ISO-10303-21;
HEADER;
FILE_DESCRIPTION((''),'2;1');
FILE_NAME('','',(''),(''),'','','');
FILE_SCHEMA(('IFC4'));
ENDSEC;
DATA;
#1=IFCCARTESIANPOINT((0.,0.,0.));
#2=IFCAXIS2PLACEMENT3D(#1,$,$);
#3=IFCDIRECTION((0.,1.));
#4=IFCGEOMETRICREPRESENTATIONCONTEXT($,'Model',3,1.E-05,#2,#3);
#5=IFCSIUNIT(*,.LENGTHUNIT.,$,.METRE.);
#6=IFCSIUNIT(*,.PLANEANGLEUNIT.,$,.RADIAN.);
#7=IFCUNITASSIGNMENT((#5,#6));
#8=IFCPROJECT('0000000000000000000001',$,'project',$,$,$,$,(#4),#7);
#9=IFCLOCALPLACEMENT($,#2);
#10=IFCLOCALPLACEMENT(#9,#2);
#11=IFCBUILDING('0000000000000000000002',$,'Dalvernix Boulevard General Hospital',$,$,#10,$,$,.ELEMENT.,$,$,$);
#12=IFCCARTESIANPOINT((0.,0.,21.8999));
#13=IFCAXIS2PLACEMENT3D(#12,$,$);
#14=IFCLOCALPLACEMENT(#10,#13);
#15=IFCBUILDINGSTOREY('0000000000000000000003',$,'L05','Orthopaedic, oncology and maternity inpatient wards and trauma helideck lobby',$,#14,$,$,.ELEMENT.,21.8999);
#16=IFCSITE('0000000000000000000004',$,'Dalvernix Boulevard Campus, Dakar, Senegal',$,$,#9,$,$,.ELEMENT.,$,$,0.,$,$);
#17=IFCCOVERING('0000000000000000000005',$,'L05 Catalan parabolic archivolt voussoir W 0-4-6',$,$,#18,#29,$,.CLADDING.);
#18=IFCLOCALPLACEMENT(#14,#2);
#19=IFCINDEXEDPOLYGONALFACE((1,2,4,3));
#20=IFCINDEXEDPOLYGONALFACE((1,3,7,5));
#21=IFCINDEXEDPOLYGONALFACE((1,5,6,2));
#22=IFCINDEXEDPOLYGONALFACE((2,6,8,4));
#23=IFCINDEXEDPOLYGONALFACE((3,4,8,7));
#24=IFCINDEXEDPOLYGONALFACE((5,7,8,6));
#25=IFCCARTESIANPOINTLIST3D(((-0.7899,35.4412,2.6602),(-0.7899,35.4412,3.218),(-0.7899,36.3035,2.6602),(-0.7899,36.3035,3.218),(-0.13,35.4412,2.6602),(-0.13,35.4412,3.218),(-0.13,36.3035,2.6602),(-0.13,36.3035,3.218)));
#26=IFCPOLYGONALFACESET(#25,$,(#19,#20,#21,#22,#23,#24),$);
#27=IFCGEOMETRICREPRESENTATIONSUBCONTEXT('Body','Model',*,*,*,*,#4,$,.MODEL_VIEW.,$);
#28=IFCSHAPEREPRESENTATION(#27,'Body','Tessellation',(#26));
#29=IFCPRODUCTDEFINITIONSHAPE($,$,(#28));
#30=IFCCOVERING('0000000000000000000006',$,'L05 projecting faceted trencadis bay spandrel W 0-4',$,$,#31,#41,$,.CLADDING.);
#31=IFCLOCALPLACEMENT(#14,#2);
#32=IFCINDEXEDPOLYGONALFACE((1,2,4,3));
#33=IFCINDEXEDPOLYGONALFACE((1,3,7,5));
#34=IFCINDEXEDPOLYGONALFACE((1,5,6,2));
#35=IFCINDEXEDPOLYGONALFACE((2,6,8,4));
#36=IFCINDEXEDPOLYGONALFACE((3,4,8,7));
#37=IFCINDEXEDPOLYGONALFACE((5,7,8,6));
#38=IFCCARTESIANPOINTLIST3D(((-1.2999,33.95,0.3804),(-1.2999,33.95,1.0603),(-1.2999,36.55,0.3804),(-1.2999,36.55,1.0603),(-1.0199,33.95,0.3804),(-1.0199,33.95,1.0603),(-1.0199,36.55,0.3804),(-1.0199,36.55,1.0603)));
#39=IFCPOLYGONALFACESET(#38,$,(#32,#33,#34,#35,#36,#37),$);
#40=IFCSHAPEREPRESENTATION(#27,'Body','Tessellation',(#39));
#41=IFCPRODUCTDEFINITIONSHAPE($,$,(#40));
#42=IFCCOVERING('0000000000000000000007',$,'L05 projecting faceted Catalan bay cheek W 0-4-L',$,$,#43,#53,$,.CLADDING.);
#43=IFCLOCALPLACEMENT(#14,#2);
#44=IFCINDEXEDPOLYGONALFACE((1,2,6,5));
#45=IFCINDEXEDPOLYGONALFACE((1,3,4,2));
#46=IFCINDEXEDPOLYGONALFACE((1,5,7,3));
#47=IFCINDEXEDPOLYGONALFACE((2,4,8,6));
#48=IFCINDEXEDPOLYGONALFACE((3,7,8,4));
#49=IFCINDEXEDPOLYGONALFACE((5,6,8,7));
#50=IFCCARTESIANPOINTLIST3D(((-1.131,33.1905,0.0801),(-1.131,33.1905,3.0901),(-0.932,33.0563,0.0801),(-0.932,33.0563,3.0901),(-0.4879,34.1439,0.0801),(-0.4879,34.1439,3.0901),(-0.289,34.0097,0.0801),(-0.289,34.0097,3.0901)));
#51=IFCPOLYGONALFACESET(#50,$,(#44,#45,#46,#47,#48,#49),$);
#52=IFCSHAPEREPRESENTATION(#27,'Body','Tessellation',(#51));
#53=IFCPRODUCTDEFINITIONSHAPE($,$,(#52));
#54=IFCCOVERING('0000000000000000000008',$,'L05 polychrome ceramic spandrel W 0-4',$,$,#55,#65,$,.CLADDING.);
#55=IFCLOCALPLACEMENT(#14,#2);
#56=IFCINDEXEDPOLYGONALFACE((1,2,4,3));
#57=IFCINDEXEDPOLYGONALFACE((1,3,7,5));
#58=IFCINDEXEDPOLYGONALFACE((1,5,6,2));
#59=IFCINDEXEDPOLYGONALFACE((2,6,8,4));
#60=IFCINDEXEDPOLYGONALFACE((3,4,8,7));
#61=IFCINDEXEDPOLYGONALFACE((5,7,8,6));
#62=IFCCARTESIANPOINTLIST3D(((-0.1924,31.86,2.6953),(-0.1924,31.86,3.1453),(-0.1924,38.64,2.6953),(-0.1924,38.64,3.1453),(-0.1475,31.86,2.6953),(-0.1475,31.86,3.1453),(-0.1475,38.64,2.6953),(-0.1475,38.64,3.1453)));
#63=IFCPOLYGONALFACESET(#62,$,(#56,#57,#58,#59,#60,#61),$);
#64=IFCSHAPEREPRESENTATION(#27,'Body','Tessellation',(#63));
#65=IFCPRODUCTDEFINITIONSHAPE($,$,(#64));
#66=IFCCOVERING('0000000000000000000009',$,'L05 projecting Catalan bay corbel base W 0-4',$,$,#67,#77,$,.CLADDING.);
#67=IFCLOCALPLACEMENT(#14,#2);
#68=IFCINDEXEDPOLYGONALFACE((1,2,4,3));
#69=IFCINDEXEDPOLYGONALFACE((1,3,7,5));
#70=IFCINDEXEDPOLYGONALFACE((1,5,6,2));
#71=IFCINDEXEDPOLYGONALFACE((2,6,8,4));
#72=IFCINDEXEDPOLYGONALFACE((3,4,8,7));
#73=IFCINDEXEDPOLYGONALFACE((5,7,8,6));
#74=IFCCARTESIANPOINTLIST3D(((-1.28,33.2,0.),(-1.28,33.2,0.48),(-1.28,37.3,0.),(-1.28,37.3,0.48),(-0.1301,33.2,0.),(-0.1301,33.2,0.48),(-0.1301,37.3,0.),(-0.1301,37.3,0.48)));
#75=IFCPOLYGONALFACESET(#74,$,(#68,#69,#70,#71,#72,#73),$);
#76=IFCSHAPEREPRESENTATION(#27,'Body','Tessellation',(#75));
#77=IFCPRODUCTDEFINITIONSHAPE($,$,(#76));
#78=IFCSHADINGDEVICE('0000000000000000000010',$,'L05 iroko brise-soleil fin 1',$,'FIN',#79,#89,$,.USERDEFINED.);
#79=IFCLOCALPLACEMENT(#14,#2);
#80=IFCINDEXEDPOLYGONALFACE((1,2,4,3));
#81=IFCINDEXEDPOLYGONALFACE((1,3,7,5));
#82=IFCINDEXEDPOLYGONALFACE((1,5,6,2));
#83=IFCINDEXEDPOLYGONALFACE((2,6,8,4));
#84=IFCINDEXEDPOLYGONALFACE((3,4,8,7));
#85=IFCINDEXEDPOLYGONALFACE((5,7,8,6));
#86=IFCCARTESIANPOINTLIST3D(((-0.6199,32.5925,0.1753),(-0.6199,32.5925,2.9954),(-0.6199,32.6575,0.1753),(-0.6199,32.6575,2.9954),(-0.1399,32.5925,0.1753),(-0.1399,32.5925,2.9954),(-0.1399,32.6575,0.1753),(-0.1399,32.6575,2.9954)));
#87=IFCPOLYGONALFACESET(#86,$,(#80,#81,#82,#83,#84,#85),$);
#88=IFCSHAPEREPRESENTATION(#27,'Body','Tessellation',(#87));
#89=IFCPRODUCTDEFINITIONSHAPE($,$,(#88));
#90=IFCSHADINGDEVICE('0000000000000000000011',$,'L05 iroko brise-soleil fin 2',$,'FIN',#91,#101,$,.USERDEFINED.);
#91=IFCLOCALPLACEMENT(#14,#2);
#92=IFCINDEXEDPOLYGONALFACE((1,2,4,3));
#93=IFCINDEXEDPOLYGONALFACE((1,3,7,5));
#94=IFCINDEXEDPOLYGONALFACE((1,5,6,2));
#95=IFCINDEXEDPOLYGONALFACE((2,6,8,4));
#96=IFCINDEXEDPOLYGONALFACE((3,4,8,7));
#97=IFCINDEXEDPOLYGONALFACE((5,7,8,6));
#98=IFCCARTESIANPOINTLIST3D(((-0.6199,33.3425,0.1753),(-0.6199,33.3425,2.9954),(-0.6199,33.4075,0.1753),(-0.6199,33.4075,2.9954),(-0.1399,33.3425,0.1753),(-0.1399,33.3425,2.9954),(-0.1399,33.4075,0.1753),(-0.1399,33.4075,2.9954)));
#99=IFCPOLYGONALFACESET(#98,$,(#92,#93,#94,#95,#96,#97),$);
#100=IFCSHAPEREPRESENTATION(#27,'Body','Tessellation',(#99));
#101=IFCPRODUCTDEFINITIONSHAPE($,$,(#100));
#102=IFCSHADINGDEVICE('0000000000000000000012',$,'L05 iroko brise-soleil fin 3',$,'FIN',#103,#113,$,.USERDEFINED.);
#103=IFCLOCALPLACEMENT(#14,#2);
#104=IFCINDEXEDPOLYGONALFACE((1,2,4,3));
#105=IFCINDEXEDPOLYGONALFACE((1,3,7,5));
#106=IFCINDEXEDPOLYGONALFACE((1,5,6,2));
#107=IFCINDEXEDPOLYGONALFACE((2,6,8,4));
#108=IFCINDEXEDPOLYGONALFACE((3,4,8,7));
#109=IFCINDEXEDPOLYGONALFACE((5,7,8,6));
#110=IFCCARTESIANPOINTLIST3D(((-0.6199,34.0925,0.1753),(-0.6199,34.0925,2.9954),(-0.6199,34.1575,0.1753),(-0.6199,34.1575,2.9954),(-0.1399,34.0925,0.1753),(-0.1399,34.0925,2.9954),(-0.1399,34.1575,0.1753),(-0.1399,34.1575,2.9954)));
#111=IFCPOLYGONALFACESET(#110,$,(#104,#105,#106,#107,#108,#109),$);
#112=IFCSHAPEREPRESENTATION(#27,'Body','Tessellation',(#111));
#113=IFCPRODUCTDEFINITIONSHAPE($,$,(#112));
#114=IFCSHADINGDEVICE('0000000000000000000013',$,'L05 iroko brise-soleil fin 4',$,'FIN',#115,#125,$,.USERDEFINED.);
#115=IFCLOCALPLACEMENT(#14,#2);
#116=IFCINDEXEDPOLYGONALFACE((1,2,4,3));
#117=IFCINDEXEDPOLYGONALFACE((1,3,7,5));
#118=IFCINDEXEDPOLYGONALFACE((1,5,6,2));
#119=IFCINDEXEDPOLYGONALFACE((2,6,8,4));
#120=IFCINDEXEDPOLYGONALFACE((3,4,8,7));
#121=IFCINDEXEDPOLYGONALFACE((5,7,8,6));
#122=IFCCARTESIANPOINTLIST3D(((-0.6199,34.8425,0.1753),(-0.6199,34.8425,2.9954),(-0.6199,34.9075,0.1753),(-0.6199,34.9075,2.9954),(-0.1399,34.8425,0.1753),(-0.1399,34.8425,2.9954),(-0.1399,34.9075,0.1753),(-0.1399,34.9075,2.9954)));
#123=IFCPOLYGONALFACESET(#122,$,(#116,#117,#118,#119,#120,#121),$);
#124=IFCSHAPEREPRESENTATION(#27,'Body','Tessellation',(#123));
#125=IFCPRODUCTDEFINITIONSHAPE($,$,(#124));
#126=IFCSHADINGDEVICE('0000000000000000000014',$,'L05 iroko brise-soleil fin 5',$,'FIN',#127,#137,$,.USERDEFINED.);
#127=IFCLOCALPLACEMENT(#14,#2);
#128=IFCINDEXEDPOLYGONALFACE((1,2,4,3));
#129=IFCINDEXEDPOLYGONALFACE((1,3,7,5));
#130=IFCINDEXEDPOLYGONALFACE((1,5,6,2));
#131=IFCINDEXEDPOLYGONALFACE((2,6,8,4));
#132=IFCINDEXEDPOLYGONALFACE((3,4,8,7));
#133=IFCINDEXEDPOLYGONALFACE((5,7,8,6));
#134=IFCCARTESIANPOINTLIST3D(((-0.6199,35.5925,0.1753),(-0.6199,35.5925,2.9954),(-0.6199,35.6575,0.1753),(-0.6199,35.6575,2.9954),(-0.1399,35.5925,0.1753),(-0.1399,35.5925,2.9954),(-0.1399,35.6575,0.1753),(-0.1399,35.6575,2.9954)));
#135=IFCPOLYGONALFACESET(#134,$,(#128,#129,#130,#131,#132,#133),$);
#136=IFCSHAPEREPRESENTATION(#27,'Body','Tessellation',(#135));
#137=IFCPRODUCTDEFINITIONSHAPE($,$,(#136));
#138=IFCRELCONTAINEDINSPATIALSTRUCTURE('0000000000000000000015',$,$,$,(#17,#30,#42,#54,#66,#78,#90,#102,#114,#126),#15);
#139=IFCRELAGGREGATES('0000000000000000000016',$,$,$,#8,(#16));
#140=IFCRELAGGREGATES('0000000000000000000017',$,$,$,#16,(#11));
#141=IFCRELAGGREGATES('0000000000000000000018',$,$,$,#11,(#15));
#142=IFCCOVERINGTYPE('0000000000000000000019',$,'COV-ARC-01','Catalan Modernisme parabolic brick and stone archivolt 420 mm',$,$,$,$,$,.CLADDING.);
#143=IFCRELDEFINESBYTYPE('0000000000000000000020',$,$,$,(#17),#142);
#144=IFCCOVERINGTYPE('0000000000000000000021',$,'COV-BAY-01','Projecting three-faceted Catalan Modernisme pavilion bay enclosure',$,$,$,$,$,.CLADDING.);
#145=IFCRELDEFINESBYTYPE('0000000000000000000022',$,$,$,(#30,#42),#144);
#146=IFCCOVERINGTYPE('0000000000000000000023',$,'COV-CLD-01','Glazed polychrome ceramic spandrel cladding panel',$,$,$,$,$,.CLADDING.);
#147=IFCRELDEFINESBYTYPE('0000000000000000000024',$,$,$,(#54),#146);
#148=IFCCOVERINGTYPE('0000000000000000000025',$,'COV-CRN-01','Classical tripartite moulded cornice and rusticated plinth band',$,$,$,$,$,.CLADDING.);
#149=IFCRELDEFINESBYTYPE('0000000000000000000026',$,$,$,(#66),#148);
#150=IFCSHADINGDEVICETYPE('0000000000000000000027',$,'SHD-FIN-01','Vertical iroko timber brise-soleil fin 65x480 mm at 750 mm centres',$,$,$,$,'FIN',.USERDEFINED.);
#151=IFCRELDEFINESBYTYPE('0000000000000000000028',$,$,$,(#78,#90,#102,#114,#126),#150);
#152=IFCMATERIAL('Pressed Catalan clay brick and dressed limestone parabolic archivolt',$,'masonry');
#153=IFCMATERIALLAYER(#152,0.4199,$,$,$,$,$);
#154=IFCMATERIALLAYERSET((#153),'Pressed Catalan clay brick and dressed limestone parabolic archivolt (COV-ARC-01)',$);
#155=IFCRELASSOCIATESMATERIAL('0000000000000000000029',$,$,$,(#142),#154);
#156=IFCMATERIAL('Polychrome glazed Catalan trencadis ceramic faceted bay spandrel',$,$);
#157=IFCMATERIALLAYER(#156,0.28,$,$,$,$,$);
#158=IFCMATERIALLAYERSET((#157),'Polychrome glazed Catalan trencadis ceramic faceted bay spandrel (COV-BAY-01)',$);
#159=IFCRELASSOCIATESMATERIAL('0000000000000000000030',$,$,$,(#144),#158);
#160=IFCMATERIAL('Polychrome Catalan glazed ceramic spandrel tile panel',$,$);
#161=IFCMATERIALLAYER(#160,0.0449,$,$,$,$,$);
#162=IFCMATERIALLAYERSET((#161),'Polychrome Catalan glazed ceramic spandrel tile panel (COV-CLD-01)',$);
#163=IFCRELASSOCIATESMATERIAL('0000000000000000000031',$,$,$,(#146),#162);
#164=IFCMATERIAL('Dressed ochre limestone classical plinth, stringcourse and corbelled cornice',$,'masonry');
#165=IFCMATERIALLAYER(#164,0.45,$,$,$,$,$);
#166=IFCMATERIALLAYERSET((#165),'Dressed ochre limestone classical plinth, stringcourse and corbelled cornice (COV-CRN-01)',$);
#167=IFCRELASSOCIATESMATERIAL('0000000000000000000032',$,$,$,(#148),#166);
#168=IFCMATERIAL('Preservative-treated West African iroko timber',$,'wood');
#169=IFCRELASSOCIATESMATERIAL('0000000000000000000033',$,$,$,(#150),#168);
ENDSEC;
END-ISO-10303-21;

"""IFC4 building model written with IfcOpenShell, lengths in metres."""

from ifc_helpers import new_model, si_unit, direction, frame, origin, origin_2d, place, context, subcontext, project, spatial, rectangle, extrude, material, layer, layer_set, type_object, element, save


model = new_model("IFC4")

# Units and contexts
model_context = context("Model", 3, precision=1e-05, world=origin(), true_north=direction((0.0, 1.0)))
body_context = subcontext(model_context, "Body", "Model", "MODEL_VIEW")
ifc_project = project(units=[si_unit("LENGTHUNIT", "METRE"), si_unit("PLANEANGLEUNIT", "RADIAN")], contexts=[model_context])

# Site, building, storey
site_placement = place(None, origin())
site = spatial("IfcSite", under=ifc_project, at=site_placement, Name="Dalvernix Boulevard Campus, Dakar, Senegal", CompositionType="ELEMENT", RefElevation=0.0)
building_placement = place(site_placement, origin())
building = spatial("IfcBuilding", under=site, at=building_placement, Name="Dalvernix Boulevard General Hospital", CompositionType="ELEMENT")
storey_placement = place(building_placement, frame((0.0, 0.0, 21.8999)))
storey = spatial("IfcBuildingStorey", under=building, at=storey_placement, Name="L05", Description="Orthopaedic, oncology and maternity inpatient wards and trauma helideck lobby", CompositionType="ELEMENT", Elevation=21.8999)

# Coverings
ifc_material_1 = material(Name="Pressed Catalan clay brick and dressed limestone parabolic archivolt", Category="masonry")
ifc_layer_1 = layer(ifc_material_1, 0.4199)
ifc_layer_set_1 = layer_set([ifc_layer_1], Name="Pressed Catalan clay brick and dressed limestone parabolic archivolt (COV-ARC-01)")
covering_type_1 = type_object("IfcCoveringType", Name="COV-ARC-01", Description="Catalan Modernisme parabolic brick and stone archivolt 420 mm", PredefinedType="CLADDING", material=ifc_layer_set_1)
covering_1_placement = place(storey_placement, frame((-0.46, 35.8723, 2.6602), z_axis=(0.0, 0.0, 1.0), x_axis=(0.0, 1.0, 0.0)))
element("IfcCovering", 1, at=covering_1_placement, inside=storey, type_object=covering_type_1, Name="L05 Catalan parabolic archivolt voussoir W 0-4-6", PredefinedType="CLADDING", context=body_context, shape_type="SweptSolid", body=[
    extrude(rectangle(XDim=0.8623, YDim=0.6599, at=origin_2d()), origin(), (0.0, 0.0, 1.0), 0.5579),
])
ifc_material_2 = material(Name="Polychrome glazed Catalan trencadis ceramic faceted bay spandrel")
ifc_layer_2 = layer(ifc_material_2, 0.28)
ifc_layer_set_2 = layer_set([ifc_layer_2], Name="Polychrome glazed Catalan trencadis ceramic faceted bay spandrel (COV-BAY-01)")
covering_type_2 = type_object("IfcCoveringType", Name="COV-BAY-01", Description="Projecting three-faceted Catalan Modernisme pavilion bay enclosure", PredefinedType="CLADDING", material=ifc_layer_set_2)
covering_2_placement = place(storey_placement, frame((-1.1599, 35.25, 0.3804), z_axis=(0.0, 0.0, 1.0), x_axis=(0.0, 1.0, 0.0)))
element("IfcCovering", 2, at=covering_2_placement, inside=storey, type_object=covering_type_2, Name="L05 projecting faceted trencadis bay spandrel W 0-4", PredefinedType="CLADDING", context=body_context, shape_type="SweptSolid", body=[
    extrude(rectangle(XDim=2.6001, YDim=0.28, at=origin_2d()), origin(), (0.0, 0.0, 1.0), 0.6799),
])
covering_3_placement = place(storey_placement, frame((-0.71, 33.6001, 0.0801), z_axis=(0.0, 0.0, 1.0), x_axis=(0.559193, 0.829038, 0.0)))
element("IfcCovering", 3, at=covering_3_placement, inside=storey, type_object=covering_type_2, Name="L05 projecting faceted Catalan bay cheek W 0-4-L", PredefinedType="CLADDING", context=body_context, shape_type="SweptSolid", body=[
    extrude(rectangle(XDim=1.1499, YDim=0.24, at=origin_2d()), origin(), (0.0, 0.0, 1.0), 3.01),
])
ifc_material_3 = material(Name="Polychrome Catalan glazed ceramic spandrel tile panel")
ifc_layer_3 = layer(ifc_material_3, 0.0449)
ifc_layer_set_3 = layer_set([ifc_layer_3], Name="Polychrome Catalan glazed ceramic spandrel tile panel (COV-CLD-01)")
covering_type_3 = type_object("IfcCoveringType", Name="COV-CLD-01", Description="Glazed polychrome ceramic spandrel cladding panel", PredefinedType="CLADDING", material=ifc_layer_set_3)
covering_4_placement = place(storey_placement, frame((-0.1699, 35.25, 2.6953), z_axis=(0.0, 0.0, 1.0), x_axis=(0.0, 1.0, 0.0)))
element("IfcCovering", 4, at=covering_4_placement, inside=storey, type_object=covering_type_3, Name="L05 polychrome ceramic spandrel W 0-4", PredefinedType="CLADDING", context=body_context, shape_type="SweptSolid", body=[
    extrude(rectangle(XDim=6.78, YDim=0.0449, at=origin_2d()), origin(), (0.0, 0.0, 1.0), 0.45),
])
ifc_material_4 = material(Name="Dressed ochre limestone classical plinth, stringcourse and corbelled cornice", Category="masonry")
ifc_layer_4 = layer(ifc_material_4, 0.45)
ifc_layer_set_4 = layer_set([ifc_layer_4], Name="Dressed ochre limestone classical plinth, stringcourse and corbelled cornice (COV-CRN-01)")
covering_type_4 = type_object("IfcCoveringType", Name="COV-CRN-01", Description="Classical tripartite moulded cornice and rusticated plinth band", PredefinedType="CLADDING", material=ifc_layer_set_4)
covering_5_placement = place(storey_placement, frame((-0.7051, 35.25, 0.0), z_axis=(0.0, 0.0, 1.0), x_axis=(0.0, 1.0, 0.0)))
element("IfcCovering", 5, at=covering_5_placement, inside=storey, type_object=covering_type_4, Name="L05 projecting Catalan bay corbel base W 0-4", PredefinedType="CLADDING", context=body_context, shape_type="SweptSolid", body=[
    extrude(rectangle(XDim=4.1001, YDim=1.1499, at=origin_2d()), origin(), (0.0, 0.0, 1.0), 0.48),
])

# Shading devices
ifc_material_5 = material(Name="Preservative-treated West African iroko timber", Category="wood")
shading_device_type = type_object("IfcShadingDeviceType", Name="SHD-FIN-01", Description="Vertical iroko timber brise-soleil fin 65x480 mm at 750 mm centres", ElementType="FIN", PredefinedType="USERDEFINED", material=ifc_material_5)
for number, where, z_axis, x_axis, name in (
    (6, (-0.3799, 32.625, 0.1753), (0.0, 0.0, 1.0), (0.0, 1.0, 0.0), "L05 iroko brise-soleil fin 1"),
    (7, (-0.3799, 33.375, 0.1753), (0.0, 0.0, 1.0), (0.0, 1.0, 0.0), "L05 iroko brise-soleil fin 2"),
    (8, (-0.3799, 34.125, 0.1753), (0.0, 0.0, 1.0), (0.0, 1.0, 0.0), "L05 iroko brise-soleil fin 3"),
    (9, (-0.3799, 34.875, 0.1753), (0.0, 0.0, 1.0), (0.0, 1.0, 0.0), "L05 iroko brise-soleil fin 4"),
    (10, (-0.3799, 35.625, 0.1753), (0.0, 0.0, 1.0), (0.0, 1.0, 0.0), "L05 iroko brise-soleil fin 5"),
):
    element("IfcShadingDevice", number, at=place(storey_placement, frame(where, z_axis=z_axis, x_axis=x_axis)), inside=storey, type_object=shading_device_type, Name=name, ObjectType="FIN", PredefinedType="USERDEFINED", context=body_context, shape_type="SweptSolid", body=[
        extrude(rectangle(XDim=0.0649, YDim=0.48, at=origin_2d()), origin(), (0.0, 0.0, 1.0), 2.8201),
    ])

save(model, "model.ifc")
